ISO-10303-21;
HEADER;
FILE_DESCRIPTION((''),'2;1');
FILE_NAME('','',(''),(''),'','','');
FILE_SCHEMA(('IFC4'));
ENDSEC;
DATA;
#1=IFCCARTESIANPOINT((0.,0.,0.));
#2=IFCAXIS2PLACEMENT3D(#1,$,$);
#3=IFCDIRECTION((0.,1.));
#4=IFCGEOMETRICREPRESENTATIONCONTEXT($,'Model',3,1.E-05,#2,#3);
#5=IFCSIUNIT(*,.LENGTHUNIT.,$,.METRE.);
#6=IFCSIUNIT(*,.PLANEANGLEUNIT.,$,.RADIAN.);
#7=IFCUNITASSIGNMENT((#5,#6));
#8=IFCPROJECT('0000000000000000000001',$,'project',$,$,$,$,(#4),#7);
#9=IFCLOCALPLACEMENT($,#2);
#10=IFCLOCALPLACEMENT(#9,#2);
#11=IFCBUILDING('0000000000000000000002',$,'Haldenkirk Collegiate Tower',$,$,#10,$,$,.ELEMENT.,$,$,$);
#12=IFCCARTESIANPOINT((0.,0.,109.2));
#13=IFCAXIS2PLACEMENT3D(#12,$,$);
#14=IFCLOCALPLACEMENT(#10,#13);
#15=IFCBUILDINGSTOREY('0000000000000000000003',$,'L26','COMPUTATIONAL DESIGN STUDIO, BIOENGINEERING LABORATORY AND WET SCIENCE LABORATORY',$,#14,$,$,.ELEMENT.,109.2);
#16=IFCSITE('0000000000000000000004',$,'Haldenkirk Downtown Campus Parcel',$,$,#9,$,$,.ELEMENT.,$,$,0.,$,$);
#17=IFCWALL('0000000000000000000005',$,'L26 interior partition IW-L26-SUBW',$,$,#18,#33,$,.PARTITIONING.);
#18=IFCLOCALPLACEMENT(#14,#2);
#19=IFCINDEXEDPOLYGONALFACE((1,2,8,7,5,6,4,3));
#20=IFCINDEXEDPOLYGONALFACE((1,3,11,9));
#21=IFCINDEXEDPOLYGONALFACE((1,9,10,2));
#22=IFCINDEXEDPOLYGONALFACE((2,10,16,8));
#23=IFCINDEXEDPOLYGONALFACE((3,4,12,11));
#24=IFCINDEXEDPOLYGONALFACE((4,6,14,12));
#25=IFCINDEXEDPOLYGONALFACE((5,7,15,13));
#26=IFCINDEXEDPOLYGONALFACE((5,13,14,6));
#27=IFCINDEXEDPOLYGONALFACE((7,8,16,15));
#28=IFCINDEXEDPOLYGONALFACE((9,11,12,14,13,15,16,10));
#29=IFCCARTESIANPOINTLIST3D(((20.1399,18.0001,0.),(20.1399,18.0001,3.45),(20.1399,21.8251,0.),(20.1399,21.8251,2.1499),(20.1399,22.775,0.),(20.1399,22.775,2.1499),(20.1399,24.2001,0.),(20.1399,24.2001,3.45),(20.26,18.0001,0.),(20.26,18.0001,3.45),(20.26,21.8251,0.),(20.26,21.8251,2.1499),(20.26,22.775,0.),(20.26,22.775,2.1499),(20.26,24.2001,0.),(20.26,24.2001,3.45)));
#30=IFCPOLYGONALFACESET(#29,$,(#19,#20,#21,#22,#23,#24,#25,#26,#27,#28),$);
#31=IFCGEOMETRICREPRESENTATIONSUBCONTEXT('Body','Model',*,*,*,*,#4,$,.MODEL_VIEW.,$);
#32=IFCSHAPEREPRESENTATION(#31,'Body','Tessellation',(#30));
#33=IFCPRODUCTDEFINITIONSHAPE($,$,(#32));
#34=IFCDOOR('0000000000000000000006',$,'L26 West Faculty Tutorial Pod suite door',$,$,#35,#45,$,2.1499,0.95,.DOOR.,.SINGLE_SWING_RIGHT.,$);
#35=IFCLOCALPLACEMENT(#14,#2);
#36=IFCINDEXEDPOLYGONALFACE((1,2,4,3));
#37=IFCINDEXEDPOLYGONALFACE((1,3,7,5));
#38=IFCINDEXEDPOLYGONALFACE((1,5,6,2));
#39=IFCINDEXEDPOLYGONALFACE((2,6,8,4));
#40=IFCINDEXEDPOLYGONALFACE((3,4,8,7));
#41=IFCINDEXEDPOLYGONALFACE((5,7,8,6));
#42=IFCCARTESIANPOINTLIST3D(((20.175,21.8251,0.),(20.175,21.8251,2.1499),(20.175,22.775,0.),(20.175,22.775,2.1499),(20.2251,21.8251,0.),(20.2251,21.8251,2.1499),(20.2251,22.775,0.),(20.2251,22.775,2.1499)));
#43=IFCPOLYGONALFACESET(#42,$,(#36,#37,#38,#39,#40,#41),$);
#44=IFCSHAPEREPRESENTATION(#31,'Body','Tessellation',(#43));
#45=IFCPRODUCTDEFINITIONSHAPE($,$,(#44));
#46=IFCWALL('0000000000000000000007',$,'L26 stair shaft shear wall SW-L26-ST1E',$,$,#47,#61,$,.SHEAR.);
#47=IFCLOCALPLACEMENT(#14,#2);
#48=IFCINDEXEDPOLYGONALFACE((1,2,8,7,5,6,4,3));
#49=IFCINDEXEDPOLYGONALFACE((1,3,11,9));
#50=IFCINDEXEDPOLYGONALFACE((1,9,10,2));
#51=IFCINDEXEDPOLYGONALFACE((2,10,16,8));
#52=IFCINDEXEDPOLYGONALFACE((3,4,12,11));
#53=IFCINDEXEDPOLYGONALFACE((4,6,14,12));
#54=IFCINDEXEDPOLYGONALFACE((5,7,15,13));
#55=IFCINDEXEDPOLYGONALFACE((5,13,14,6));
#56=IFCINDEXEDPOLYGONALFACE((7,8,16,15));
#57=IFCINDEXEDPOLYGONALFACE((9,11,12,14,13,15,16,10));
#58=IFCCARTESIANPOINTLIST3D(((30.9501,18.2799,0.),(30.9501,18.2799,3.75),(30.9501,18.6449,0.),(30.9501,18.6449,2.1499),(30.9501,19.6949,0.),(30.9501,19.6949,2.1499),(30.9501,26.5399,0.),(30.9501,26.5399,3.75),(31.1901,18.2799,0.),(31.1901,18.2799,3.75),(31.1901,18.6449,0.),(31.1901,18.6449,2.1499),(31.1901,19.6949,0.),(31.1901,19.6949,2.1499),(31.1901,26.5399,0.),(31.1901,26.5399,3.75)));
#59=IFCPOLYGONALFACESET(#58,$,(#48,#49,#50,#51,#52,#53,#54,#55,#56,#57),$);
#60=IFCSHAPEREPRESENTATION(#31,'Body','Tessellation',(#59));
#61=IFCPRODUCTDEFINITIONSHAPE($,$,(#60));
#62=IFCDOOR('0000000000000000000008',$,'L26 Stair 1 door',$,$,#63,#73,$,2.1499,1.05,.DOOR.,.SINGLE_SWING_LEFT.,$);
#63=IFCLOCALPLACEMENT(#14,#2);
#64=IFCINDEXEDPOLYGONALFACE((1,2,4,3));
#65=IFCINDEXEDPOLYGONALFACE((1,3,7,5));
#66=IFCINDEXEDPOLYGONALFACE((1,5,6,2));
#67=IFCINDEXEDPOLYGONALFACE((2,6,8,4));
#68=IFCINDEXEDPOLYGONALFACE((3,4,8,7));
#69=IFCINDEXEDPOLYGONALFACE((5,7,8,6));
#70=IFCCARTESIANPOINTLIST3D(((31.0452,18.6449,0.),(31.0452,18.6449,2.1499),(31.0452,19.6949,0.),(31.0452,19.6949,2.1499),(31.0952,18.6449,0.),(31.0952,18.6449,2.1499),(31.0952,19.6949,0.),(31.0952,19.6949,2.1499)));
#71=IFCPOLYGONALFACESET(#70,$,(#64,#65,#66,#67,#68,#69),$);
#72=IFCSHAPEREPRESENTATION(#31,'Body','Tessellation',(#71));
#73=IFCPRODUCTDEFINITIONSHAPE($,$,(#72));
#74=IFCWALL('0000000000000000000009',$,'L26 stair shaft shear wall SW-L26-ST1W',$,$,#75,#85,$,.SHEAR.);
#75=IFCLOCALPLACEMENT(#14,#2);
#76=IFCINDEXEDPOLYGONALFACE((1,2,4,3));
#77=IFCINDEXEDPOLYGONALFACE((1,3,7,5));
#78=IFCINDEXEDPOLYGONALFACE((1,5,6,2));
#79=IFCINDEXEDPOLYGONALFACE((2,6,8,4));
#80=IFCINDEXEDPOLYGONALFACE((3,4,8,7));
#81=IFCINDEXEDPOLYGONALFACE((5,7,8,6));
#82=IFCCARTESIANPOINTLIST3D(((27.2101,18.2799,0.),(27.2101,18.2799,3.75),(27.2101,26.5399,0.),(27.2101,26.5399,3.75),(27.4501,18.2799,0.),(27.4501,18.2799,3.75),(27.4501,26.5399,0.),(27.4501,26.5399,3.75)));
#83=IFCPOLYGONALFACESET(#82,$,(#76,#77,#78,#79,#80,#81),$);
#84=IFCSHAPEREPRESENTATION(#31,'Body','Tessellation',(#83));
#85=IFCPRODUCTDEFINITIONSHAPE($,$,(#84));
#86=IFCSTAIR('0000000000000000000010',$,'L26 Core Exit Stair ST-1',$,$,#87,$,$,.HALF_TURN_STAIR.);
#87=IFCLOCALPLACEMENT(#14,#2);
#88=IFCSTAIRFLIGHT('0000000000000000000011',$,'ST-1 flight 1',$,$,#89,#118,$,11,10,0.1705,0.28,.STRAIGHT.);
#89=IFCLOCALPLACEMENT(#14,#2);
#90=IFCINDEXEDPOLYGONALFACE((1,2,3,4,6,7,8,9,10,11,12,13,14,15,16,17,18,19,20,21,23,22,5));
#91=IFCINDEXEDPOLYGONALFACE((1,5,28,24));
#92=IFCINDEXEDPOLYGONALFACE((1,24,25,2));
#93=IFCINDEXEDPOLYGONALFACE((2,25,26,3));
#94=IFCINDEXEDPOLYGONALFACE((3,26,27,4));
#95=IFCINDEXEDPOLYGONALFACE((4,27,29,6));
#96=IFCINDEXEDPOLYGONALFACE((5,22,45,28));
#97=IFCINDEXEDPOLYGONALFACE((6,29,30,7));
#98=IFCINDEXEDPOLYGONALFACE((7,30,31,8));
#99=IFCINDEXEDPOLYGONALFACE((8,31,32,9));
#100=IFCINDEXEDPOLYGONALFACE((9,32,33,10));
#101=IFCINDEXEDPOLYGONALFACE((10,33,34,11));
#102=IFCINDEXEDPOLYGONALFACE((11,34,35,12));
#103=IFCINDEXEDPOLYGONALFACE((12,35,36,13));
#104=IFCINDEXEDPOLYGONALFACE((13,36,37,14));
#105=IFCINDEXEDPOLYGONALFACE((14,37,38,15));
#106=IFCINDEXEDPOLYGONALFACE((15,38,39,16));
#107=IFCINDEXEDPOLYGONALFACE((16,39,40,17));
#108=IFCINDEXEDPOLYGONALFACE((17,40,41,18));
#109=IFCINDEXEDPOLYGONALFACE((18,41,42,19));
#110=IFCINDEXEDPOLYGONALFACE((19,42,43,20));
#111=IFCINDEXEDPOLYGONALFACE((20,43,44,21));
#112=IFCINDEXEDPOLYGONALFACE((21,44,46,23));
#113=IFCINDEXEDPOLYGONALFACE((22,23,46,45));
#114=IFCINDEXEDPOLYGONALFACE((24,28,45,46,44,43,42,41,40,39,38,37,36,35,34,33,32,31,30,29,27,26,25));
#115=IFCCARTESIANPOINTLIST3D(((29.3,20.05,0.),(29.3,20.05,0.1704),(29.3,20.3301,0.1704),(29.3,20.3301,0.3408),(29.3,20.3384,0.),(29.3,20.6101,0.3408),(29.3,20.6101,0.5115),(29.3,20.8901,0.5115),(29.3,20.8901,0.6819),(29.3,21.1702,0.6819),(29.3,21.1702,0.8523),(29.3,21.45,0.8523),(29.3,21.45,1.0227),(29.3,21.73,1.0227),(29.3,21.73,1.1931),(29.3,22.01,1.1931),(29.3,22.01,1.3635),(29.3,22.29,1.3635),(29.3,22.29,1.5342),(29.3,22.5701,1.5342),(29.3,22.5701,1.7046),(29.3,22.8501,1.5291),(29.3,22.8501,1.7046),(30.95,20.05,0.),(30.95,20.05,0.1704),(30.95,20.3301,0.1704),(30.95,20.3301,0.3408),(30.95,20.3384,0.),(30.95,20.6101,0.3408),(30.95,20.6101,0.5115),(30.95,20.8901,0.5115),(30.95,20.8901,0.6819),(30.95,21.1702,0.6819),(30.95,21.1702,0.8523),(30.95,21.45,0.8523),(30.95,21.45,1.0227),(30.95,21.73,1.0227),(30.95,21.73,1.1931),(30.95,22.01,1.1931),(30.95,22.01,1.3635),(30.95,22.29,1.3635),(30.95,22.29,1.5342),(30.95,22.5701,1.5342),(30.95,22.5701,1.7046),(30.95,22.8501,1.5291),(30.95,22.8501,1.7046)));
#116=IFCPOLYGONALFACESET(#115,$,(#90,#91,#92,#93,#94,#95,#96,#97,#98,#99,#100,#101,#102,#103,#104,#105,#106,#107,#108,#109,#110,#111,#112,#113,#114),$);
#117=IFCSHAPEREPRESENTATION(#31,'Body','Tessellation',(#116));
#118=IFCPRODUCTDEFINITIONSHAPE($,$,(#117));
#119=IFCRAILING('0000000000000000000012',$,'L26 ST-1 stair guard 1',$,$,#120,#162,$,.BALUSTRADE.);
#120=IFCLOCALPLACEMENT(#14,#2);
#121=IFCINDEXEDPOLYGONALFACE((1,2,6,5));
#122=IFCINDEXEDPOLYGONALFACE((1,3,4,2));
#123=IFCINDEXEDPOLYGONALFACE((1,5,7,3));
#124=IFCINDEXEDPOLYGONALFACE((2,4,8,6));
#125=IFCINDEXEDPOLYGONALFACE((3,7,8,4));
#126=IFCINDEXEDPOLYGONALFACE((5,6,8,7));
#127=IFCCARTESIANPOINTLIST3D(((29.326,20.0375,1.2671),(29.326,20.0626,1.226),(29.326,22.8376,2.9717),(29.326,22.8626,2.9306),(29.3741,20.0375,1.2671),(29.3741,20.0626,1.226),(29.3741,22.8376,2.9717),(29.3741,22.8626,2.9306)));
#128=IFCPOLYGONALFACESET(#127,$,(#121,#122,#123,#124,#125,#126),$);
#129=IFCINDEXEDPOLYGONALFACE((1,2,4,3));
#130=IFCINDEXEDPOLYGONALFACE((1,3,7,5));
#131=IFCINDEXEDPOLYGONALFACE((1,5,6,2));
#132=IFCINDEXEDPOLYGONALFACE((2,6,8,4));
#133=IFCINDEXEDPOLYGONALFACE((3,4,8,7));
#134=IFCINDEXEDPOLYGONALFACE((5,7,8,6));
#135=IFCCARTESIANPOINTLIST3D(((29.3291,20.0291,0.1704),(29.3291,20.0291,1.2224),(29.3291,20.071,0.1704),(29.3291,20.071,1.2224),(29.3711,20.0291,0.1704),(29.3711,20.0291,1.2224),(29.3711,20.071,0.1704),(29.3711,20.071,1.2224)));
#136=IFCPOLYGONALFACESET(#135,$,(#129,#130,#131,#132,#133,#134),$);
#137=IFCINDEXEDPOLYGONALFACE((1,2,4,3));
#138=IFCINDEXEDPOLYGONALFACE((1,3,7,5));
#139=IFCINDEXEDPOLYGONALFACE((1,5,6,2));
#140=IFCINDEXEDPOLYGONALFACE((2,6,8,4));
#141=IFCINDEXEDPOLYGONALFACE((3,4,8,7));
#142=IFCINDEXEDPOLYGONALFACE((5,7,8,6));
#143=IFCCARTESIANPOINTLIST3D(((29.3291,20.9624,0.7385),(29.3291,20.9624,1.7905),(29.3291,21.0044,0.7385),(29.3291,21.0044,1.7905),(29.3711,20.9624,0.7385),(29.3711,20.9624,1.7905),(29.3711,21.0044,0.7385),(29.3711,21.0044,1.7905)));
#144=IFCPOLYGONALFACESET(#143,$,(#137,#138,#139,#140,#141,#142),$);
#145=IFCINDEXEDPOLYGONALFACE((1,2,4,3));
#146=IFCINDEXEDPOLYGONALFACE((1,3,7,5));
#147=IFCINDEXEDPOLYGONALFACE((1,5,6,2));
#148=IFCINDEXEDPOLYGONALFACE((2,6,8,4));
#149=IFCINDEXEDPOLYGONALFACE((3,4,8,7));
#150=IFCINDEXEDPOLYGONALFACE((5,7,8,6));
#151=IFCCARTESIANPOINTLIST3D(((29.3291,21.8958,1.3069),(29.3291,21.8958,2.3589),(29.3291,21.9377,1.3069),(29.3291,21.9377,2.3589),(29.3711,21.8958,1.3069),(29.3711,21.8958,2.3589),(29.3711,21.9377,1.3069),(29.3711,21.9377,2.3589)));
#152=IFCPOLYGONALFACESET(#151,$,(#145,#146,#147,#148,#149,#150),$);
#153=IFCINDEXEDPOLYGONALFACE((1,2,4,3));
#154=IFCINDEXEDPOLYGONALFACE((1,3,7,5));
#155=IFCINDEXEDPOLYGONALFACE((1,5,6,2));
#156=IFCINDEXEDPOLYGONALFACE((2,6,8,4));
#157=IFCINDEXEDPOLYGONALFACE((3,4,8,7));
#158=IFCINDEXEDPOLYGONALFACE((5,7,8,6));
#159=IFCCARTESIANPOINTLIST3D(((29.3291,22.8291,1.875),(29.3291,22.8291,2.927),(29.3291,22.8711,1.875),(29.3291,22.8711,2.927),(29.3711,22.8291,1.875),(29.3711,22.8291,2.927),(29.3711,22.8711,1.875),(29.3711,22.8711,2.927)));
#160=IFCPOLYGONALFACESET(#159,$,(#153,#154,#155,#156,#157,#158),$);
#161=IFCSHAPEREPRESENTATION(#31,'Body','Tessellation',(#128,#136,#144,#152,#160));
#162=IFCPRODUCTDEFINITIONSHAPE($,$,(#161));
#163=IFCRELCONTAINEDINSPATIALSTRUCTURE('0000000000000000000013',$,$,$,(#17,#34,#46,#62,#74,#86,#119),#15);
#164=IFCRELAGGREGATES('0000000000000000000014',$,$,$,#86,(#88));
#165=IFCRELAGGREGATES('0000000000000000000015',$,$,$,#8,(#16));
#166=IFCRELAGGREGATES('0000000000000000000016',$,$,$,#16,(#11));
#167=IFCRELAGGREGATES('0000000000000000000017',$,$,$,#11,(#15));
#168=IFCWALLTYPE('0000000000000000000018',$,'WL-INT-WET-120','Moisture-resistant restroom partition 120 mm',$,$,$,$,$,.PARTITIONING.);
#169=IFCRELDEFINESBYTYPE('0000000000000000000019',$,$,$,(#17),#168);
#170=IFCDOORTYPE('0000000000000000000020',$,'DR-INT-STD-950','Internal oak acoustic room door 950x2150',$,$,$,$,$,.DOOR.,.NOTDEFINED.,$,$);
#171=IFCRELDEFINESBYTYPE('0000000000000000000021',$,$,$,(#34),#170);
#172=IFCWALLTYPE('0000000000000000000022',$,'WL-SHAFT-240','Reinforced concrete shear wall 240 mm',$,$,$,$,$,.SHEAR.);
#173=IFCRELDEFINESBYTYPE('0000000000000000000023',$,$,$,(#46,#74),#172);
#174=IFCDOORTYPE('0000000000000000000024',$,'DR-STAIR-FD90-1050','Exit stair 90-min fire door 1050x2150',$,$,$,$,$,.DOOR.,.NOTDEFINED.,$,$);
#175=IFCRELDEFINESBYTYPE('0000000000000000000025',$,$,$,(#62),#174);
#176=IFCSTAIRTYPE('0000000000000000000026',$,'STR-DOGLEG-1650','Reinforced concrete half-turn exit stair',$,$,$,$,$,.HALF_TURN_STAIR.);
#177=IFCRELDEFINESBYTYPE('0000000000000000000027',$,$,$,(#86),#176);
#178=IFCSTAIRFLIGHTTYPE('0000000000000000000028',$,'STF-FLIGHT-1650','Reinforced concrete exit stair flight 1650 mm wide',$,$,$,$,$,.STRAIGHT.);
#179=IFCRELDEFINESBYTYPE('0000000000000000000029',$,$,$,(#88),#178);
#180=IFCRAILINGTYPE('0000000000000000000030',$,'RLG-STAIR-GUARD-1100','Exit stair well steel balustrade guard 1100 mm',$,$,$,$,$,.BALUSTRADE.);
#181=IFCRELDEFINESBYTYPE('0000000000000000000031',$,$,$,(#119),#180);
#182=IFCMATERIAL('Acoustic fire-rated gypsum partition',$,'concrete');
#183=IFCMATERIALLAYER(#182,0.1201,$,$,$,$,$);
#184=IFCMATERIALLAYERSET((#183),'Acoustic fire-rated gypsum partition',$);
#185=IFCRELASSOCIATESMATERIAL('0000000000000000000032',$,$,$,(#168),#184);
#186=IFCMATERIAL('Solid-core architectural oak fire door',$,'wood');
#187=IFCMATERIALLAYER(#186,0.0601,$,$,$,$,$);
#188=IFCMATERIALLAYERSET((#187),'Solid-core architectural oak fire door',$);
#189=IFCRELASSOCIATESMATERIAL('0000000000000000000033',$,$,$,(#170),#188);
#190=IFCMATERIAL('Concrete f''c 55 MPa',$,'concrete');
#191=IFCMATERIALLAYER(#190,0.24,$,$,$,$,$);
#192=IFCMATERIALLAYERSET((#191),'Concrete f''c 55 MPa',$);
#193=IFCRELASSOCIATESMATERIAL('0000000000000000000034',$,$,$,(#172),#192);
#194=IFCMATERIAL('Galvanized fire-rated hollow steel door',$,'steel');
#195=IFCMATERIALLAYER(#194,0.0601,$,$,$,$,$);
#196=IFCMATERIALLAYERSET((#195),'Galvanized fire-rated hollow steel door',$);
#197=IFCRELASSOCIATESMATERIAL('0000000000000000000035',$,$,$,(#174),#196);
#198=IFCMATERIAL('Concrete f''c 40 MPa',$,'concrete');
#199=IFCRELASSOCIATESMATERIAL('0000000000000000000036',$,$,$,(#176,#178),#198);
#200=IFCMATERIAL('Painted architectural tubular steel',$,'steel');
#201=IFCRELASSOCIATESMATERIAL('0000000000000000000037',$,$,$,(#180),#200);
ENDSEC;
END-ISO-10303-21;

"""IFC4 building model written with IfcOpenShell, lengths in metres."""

from ifc_helpers import new_model, si_unit, direction, frame, frame_2d, origin, origin_2d, place, context, subcontext, project, spatial, polyline, rectangle, outline, extrude, material, layer, layer_set, type_object, element, fill, aggregate, save


model = new_model("IFC4")

# Units and contexts
model_context = context("Model", 3, precision=1e-05, world=origin(), true_north=direction((0.0, 1.0)))
body_context = subcontext(model_context, "Body", "Model", "MODEL_VIEW")
ifc_project = project(units=[si_unit("LENGTHUNIT", "METRE"), si_unit("PLANEANGLEUNIT", "RADIAN")], contexts=[model_context])

# Site, building, storey
site_placement = place(None, origin())
site = spatial("IfcSite", under=ifc_project, at=site_placement, Name="Haldenkirk Downtown Campus Parcel", CompositionType="ELEMENT", RefElevation=0.0)
building_placement = place(site_placement, origin())
building = spatial("IfcBuilding", under=site, at=building_placement, Name="Haldenkirk Collegiate Tower", CompositionType="ELEMENT")
storey_placement = place(building_placement, frame((0.0, 0.0, 109.2)))
storey = spatial("IfcBuildingStorey", under=building, at=storey_placement, Name="L26", Description="COMPUTATIONAL DESIGN STUDIO, BIOENGINEERING LABORATORY AND WET SCIENCE LABORATORY", CompositionType="ELEMENT", Elevation=109.2)

# Shared definitions
ifc_material_1 = material(Name="Galvanized fire-rated hollow steel door", Category="steel")

# Shared definitions
ifc_material_2 = material(Name="Acoustic fire-rated gypsum partition", Category="concrete")
ifc_material_3 = material(Name="Solid-core architectural oak fire door", Category="wood")

# Shared definitions
ifc_layer_1 = layer(ifc_material_2, 0.1201)
ifc_layer_set_1 = layer_set([ifc_layer_1], Name="Acoustic fire-rated gypsum partition")
wall_type_1 = type_object("IfcWallType", Name="WL-INT-WET-120", Description="Moisture-resistant restroom partition 120 mm", PredefinedType="PARTITIONING", material=ifc_layer_set_1)

# Walls, openings, doors
wall_1_placement = place(storey_placement, frame((20.2, 18.0, 0.0), z_axis=(0.0, 0.0, 1.0), x_axis=(0.0, 1.0, 0.0)))
wall_1 = element("IfcWall", 1, at=wall_1_placement, inside=storey, type_object=wall_type_1, Name="L26 interior partition IW-L26-SUBW", PredefinedType="PARTITIONING", context=body_context, shape_type="SweptSolid", body=[
    extrude(rectangle(XDim=6.2, YDim=0.1201, at=frame_2d((3.1001, 0.0))), origin(), (0.0, 0.0, 1.0), 3.45),
])
opening_1_placement = place(wall_1_placement, frame((3.825, 0.0, 0.0)))
opening_1 = element("IfcOpeningElement", 2, at=opening_1_placement, cuts=wall_1, PredefinedType="OPENING", context=body_context, shape_type="SweptSolid", body=[
    extrude(rectangle(XDim=0.95, YDim=2.1499, at=frame_2d((0.4751, 1.075))), frame((0.0, 0.0701, 0.0), z_axis=(0.0, -1.0, 0.0), x_axis=(1.0, 0.0, 0.0)), (0.0, 0.0, 1.0), 0.1401),
])
ifc_layer_2 = layer(ifc_material_3, 0.0601)
ifc_layer_set_2 = layer_set([ifc_layer_2], Name="Solid-core architectural oak fire door")
door_type_1 = type_object("IfcDoorType", Name="DR-INT-STD-950", Description="Internal oak acoustic room door 950x2150", OperationType="NOTDEFINED", PredefinedType="DOOR", material=ifc_layer_set_2)
door_1_placement = place(opening_1_placement, origin())
door_1 = element("IfcDoor", 3, at=door_1_placement, inside=storey, type_object=door_type_1, Name="L26 West Faculty Tutorial Pod suite door", OperationType="SINGLE_SWING_RIGHT", OverallHeight=2.1499, OverallWidth=0.95, PredefinedType="DOOR", context=body_context, shape_type="SweptSolid", body=[
    extrude(rectangle(XDim=0.95, YDim=2.1499, at=frame_2d((0.4751, 1.075))), frame((0.0, 0.0249, 0.0), z_axis=(0.0, -1.0, 0.0), x_axis=(1.0, 0.0, 0.0)), (0.0, 0.0, 1.0), 0.05),
])
fill(opening_1, door_1)
ifc_material_4 = material(Name="Concrete f'c 55 MPa", Category="concrete")
ifc_layer_3 = layer(ifc_material_4, 0.24)
ifc_layer_set_3 = layer_set([ifc_layer_3], Name="Concrete f'c 55 MPa")
wall_type_2 = type_object("IfcWallType", Name="WL-SHAFT-240", Description="Reinforced concrete shear wall 240 mm", PredefinedType="SHEAR", material=ifc_layer_set_3)
wall_2_placement = place(storey_placement, frame((31.0701, 18.28, 0.0), z_axis=(0.0, 0.0, 1.0), x_axis=(0.0, 1.0, 0.0)))
wall_2 = element("IfcWall", 4, at=wall_2_placement, inside=storey, type_object=wall_type_2, Name="L26 stair shaft shear wall SW-L26-ST1E", PredefinedType="SHEAR", context=body_context, shape_type="SweptSolid", body=[
    extrude(rectangle(XDim=8.26, YDim=0.24, at=frame_2d((4.1299, 0.0))), origin(), (0.0, 0.0, 1.0), 3.75),
])
opening_2_placement = place(wall_2_placement, frame((0.365, 0.0, 0.0)))
opening_2 = element("IfcOpeningElement", 5, at=opening_2_placement, cuts=wall_2, PredefinedType="OPENING", context=body_context, shape_type="SweptSolid", body=[
    extrude(rectangle(XDim=1.05, YDim=2.1499, at=frame_2d((0.5249, 1.075))), frame((0.0, 0.1299, 0.0), z_axis=(0.0, -1.0, 0.0), x_axis=(1.0, 0.0, 0.0)), (0.0, 0.0, 1.0), 0.26),
])
ifc_layer_4 = layer(ifc_material_1, 0.0601)
ifc_layer_set_4 = layer_set([ifc_layer_4], Name="Galvanized fire-rated hollow steel door")
door_type_2 = type_object("IfcDoorType", Name="DR-STAIR-FD90-1050", Description="Exit stair 90-min fire door 1050x2150", OperationType="NOTDEFINED", PredefinedType="DOOR", material=ifc_layer_set_4)
door_2_placement = place(opening_2_placement, origin())
door_2 = element("IfcDoor", 6, at=door_2_placement, inside=storey, type_object=door_type_2, Name="L26 Stair 1 door", OperationType="SINGLE_SWING_LEFT", OverallHeight=2.1499, OverallWidth=1.05, PredefinedType="DOOR", context=body_context, shape_type="SweptSolid", body=[
    extrude(rectangle(XDim=1.05, YDim=2.1499, at=frame_2d((0.5249, 1.075))), frame((0.0, 0.0249, 0.0), z_axis=(0.0, -1.0, 0.0), x_axis=(1.0, 0.0, 0.0)), (0.0, 0.0, 1.0), 0.05),
])
fill(opening_2, door_2)

# Wall
wall_3_placement = place(storey_placement, frame((27.3301, 18.28, 0.0), z_axis=(0.0, 0.0, 1.0), x_axis=(0.0, 1.0, 0.0)))
element("IfcWall", 7, at=wall_3_placement, inside=storey, type_object=wall_type_2, Name="L26 stair shaft shear wall SW-L26-ST1W", PredefinedType="SHEAR", context=body_context, shape_type="SweptSolid", body=[
    extrude(rectangle(XDim=8.26, YDim=0.24, at=frame_2d((4.1299, 0.0))), origin(), (0.0, 0.0, 1.0), 3.75),
])

# Stair, stair flight
ifc_material_5 = material(Name="Concrete f'c 40 MPa", Category="concrete")
stair_type = type_object("IfcStairType", Name="STR-DOGLEG-1650", Description="Reinforced concrete half-turn exit stair", PredefinedType="HALF_TURN_STAIR", material=ifc_material_5)
stair_placement = place(storey_placement, origin())
stair = element("IfcStair", 8, at=stair_placement, inside=storey, type_object=stair_type, Name="L26 Core Exit Stair ST-1", PredefinedType="HALF_TURN_STAIR")
stair_flight_type = type_object("IfcStairFlightType", Name="STF-FLIGHT-1650", Description="Reinforced concrete exit stair flight 1650 mm wide", PredefinedType="STRAIGHT", material=ifc_material_5)
stair_flight_placement = place(storey_placement, frame((30.125, 20.05, 0.0), z_axis=(0.0, 0.0, 1.0), x_axis=(0.0, 1.0, 0.0)))
stair_flight = element("IfcStairFlight", 9, at=stair_flight_placement, type_object=stair_flight_type, Name="ST-1 flight 1", NumberOfRisers=11, NumberOfTreads=10, PredefinedType="STRAIGHT", RiserHeight=0.1705, TreadLength=0.28, context=body_context, shape_type="SweptSolid", body=[
    extrude(outline(polyline([(0.0, 0.0), (0.0, 0.1704), (0.28, 0.1704), (0.28, 0.3408), (0.5601, 0.3408), (0.5601, 0.5115), (0.8401, 0.5115), (0.8401, 0.6819), (1.1201, 0.6819), (1.1201, 0.8523), (1.3999, 0.8523), (1.3999, 1.0227), (1.6799, 1.0227), (1.6799, 1.1931), (1.96, 1.1931), (1.96, 1.3635), (2.24, 1.3635), (2.24, 1.5342), (2.52, 1.5342), (2.52, 1.7046), (2.8, 1.7046), (2.8, 1.875), (2.8, 1.5291), (0.2883, 0.0), (0.0, 0.0)])), frame((0.0, 0.825, 0.0), z_axis=(0.0, -1.0, 0.0), x_axis=(1.0, 0.0, 0.0)), (0.0, 0.0, 1.0), 1.6499),
])
aggregate(stair, [stair_flight])

# Railing
ifc_material_6 = material(Name="Painted architectural tubular steel", Category="steel")
railing_type_1 = type_object("IfcRailingType", Name="RLG-STAIR-GUARD-1100", Description="Exit stair well steel balustrade guard 1100 mm", PredefinedType="BALUSTRADE", material=ifc_material_6)
railing_1_placement = place(storey_placement, frame((29.3501, 20.05, 0.1704)))
element("IfcRailing", 10, at=railing_1_placement, inside=storey, type_object=railing_type_1, Name="L26 ST-1 stair guard 1", PredefinedType="BALUSTRADE", context=body_context, shape_type="SweptSolid", body=[
    extrude(rectangle(XDim=0.0481, YDim=0.0481, at=origin_2d()), frame((0.0, 0.0, 1.0762), z_axis=(0.0, 0.85417, 0.519994), x_axis=(-1.0, 0.0, 0.0)), (0.0, 0.0, 1.0), 3.2781),
    extrude(rectangle(XDim=0.042, YDim=0.042, at=origin_2d()), origin(), (0.0, 0.0, 1.0), 1.052),
    extrude(rectangle(XDim=0.042, YDim=0.042, at=origin_2d()), frame((0.0, 0.9333, 0.5681)), (0.0, 0.0, 1.0), 1.052),
    extrude(rectangle(XDim=0.042, YDim=0.042, at=origin_2d()), frame((0.0, 1.8667, 1.1365)), (0.0, 0.0, 1.0), 1.052),
    extrude(rectangle(XDim=0.042, YDim=0.042, at=origin_2d()), frame((0.0, 2.8, 1.7046)), (0.0, 0.0, 1.0), 1.052),
])

save(model, "model.ifc")
